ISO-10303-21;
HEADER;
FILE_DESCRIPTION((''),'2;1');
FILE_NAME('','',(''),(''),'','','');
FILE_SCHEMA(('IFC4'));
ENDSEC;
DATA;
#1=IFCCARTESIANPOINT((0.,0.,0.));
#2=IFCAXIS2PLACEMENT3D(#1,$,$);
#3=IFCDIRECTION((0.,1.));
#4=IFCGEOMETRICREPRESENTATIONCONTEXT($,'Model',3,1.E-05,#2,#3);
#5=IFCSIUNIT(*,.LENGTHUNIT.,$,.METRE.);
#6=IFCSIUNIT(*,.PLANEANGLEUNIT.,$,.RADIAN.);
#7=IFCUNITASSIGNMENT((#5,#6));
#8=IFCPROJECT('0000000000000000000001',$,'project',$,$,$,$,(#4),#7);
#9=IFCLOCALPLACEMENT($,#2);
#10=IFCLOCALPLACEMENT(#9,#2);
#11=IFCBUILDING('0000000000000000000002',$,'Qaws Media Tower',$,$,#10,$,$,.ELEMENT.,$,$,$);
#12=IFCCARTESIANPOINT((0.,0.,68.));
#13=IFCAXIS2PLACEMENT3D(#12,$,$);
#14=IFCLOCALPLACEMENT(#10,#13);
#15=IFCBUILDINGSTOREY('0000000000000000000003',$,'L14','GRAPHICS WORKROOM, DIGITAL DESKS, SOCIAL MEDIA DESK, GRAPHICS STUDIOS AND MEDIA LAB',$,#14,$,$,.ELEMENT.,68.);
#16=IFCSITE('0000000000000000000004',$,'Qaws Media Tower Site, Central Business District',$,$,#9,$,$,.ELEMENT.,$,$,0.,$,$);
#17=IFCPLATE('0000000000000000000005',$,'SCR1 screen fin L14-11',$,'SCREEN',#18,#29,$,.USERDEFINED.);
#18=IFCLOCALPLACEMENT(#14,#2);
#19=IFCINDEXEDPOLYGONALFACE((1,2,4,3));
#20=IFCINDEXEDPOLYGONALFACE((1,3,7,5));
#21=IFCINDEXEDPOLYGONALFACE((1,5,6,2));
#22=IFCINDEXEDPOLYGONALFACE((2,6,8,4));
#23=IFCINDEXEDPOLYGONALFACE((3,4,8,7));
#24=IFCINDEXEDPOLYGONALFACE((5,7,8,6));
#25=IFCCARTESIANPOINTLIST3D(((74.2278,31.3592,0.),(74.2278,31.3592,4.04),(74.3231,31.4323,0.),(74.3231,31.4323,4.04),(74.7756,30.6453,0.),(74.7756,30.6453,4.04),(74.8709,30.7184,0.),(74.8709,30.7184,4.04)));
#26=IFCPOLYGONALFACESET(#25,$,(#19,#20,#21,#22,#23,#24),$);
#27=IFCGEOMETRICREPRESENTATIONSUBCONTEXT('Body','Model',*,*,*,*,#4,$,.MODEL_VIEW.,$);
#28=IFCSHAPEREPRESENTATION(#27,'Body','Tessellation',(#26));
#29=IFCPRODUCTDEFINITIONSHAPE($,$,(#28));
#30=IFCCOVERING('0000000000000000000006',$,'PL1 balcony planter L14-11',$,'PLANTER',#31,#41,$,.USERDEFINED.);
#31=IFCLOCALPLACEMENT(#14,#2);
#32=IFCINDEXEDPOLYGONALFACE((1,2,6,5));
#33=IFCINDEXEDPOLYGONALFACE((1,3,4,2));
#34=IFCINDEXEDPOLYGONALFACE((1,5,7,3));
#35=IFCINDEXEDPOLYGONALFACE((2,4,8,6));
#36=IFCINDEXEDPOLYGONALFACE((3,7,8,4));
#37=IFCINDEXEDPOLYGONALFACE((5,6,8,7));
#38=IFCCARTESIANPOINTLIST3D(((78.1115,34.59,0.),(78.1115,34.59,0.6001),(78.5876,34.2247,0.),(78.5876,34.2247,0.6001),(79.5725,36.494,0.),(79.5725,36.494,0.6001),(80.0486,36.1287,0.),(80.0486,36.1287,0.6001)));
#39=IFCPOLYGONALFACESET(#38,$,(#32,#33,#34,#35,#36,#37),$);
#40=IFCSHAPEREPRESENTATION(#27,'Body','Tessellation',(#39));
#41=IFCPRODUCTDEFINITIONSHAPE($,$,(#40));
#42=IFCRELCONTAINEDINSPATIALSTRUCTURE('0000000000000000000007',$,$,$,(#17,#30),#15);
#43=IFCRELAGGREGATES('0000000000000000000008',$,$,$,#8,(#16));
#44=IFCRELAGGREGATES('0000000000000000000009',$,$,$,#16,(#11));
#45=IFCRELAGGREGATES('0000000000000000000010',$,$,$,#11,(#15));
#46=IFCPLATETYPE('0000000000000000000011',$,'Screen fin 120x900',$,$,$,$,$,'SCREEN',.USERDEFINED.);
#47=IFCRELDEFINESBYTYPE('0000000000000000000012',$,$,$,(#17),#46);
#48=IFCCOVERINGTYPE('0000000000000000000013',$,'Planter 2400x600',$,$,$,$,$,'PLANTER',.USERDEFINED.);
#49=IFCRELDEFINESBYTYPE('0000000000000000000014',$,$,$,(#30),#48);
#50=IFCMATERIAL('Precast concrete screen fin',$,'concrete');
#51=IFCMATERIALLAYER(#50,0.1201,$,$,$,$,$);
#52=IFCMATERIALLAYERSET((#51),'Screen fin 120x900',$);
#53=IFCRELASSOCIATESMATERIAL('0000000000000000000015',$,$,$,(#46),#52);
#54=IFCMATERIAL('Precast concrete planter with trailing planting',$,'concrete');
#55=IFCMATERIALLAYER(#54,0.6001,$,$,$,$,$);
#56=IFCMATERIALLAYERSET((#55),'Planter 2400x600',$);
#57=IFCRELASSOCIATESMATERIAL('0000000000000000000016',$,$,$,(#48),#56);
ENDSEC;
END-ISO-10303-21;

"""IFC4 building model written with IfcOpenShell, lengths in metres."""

from ifc_helpers import new_model, si_unit, direction, frame, origin, origin_2d, place, context, subcontext, project, spatial, rectangle, extrude, material, layer, layer_set, type_object, element, save


model = new_model("IFC4")

# Units and contexts
model_context = context("Model", 3, precision=1e-05, world=origin(), true_north=direction((0.0, 1.0)))
body_context = subcontext(model_context, "Body", "Model", "MODEL_VIEW")
ifc_project = project(units=[si_unit("LENGTHUNIT", "METRE"), si_unit("PLANEANGLEUNIT", "RADIAN")], contexts=[model_context])

# Site, building, storey
site_placement = place(None, origin())
site = spatial("IfcSite", under=ifc_project, at=site_placement, Name="Qaws Media Tower Site, Central Business District", CompositionType="ELEMENT", RefElevation=0.0)
building_placement = place(site_placement, origin())
building = spatial("IfcBuilding", under=site, at=building_placement, Name="Qaws Media Tower", CompositionType="ELEMENT")
storey_placement = place(building_placement, frame((0.0, 0.0, 68.0)))
storey = spatial("IfcBuildingStorey", under=building, at=storey_placement, Name="L14", Description="GRAPHICS WORKROOM, DIGITAL DESKS, SOCIAL MEDIA DESK, GRAPHICS STUDIOS AND MEDIA LAB", CompositionType="ELEMENT", Elevation=68.0)

# Plate
ifc_material_1 = material(Name="Precast concrete screen fin", Category="concrete")
ifc_layer_1 = layer(ifc_material_1, 0.1201)
ifc_layer_set_1 = layer_set([ifc_layer_1], Name="Screen fin 120x900")
plate_type_1 = type_object("IfcPlateType", Name="Screen fin 120x900", ElementType="SCREEN", PredefinedType="USERDEFINED", material=ifc_layer_set_1)
plate_1_placement = place(storey_placement, frame((74.5493, 31.0388, 0.0), z_axis=(0.0, 0.0, 1.0), x_axis=(0.608761, -0.793353, 0.0)))
element("IfcPlate", 1, at=plate_1_placement, inside=storey, type_object=plate_type_1, Name="SCR1 screen fin L14-11", ObjectType="SCREEN", PredefinedType="USERDEFINED", context=body_context, shape_type="SweptSolid", body=[
    extrude(rectangle(XDim=0.8999, YDim=0.1201, at=origin_2d()), origin(), (0.0, 0.0, 1.0), 4.04),
])

# Covering
ifc_material_2 = material(Name="Precast concrete planter with trailing planting", Category="concrete")
ifc_layer_2 = layer(ifc_material_2, 0.6001)
ifc_layer_set_2 = layer_set([ifc_layer_2], Name="Planter 2400x600")
covering_type = type_object("IfcCoveringType", Name="Planter 2400x600", ElementType="PLANTER", PredefinedType="USERDEFINED", material=ifc_layer_set_2)
covering_placement = place(storey_placement, frame((79.0801, 35.3594, 0.0), z_axis=(0.0, 0.0, 1.0), x_axis=(0.608761, 0.793353, 0.0)))
element("IfcCovering", 2, at=covering_placement, inside=storey, type_object=covering_type, Name="PL1 balcony planter L14-11", ObjectType="PLANTER", PredefinedType="USERDEFINED", context=body_context, shape_type="SweptSolid", body=[
    extrude(rectangle(XDim=2.3999, YDim=0.6001, at=origin_2d()), origin(), (0.0, 0.0, 1.0), 0.6001),
])

save(model, "model.ifc")
